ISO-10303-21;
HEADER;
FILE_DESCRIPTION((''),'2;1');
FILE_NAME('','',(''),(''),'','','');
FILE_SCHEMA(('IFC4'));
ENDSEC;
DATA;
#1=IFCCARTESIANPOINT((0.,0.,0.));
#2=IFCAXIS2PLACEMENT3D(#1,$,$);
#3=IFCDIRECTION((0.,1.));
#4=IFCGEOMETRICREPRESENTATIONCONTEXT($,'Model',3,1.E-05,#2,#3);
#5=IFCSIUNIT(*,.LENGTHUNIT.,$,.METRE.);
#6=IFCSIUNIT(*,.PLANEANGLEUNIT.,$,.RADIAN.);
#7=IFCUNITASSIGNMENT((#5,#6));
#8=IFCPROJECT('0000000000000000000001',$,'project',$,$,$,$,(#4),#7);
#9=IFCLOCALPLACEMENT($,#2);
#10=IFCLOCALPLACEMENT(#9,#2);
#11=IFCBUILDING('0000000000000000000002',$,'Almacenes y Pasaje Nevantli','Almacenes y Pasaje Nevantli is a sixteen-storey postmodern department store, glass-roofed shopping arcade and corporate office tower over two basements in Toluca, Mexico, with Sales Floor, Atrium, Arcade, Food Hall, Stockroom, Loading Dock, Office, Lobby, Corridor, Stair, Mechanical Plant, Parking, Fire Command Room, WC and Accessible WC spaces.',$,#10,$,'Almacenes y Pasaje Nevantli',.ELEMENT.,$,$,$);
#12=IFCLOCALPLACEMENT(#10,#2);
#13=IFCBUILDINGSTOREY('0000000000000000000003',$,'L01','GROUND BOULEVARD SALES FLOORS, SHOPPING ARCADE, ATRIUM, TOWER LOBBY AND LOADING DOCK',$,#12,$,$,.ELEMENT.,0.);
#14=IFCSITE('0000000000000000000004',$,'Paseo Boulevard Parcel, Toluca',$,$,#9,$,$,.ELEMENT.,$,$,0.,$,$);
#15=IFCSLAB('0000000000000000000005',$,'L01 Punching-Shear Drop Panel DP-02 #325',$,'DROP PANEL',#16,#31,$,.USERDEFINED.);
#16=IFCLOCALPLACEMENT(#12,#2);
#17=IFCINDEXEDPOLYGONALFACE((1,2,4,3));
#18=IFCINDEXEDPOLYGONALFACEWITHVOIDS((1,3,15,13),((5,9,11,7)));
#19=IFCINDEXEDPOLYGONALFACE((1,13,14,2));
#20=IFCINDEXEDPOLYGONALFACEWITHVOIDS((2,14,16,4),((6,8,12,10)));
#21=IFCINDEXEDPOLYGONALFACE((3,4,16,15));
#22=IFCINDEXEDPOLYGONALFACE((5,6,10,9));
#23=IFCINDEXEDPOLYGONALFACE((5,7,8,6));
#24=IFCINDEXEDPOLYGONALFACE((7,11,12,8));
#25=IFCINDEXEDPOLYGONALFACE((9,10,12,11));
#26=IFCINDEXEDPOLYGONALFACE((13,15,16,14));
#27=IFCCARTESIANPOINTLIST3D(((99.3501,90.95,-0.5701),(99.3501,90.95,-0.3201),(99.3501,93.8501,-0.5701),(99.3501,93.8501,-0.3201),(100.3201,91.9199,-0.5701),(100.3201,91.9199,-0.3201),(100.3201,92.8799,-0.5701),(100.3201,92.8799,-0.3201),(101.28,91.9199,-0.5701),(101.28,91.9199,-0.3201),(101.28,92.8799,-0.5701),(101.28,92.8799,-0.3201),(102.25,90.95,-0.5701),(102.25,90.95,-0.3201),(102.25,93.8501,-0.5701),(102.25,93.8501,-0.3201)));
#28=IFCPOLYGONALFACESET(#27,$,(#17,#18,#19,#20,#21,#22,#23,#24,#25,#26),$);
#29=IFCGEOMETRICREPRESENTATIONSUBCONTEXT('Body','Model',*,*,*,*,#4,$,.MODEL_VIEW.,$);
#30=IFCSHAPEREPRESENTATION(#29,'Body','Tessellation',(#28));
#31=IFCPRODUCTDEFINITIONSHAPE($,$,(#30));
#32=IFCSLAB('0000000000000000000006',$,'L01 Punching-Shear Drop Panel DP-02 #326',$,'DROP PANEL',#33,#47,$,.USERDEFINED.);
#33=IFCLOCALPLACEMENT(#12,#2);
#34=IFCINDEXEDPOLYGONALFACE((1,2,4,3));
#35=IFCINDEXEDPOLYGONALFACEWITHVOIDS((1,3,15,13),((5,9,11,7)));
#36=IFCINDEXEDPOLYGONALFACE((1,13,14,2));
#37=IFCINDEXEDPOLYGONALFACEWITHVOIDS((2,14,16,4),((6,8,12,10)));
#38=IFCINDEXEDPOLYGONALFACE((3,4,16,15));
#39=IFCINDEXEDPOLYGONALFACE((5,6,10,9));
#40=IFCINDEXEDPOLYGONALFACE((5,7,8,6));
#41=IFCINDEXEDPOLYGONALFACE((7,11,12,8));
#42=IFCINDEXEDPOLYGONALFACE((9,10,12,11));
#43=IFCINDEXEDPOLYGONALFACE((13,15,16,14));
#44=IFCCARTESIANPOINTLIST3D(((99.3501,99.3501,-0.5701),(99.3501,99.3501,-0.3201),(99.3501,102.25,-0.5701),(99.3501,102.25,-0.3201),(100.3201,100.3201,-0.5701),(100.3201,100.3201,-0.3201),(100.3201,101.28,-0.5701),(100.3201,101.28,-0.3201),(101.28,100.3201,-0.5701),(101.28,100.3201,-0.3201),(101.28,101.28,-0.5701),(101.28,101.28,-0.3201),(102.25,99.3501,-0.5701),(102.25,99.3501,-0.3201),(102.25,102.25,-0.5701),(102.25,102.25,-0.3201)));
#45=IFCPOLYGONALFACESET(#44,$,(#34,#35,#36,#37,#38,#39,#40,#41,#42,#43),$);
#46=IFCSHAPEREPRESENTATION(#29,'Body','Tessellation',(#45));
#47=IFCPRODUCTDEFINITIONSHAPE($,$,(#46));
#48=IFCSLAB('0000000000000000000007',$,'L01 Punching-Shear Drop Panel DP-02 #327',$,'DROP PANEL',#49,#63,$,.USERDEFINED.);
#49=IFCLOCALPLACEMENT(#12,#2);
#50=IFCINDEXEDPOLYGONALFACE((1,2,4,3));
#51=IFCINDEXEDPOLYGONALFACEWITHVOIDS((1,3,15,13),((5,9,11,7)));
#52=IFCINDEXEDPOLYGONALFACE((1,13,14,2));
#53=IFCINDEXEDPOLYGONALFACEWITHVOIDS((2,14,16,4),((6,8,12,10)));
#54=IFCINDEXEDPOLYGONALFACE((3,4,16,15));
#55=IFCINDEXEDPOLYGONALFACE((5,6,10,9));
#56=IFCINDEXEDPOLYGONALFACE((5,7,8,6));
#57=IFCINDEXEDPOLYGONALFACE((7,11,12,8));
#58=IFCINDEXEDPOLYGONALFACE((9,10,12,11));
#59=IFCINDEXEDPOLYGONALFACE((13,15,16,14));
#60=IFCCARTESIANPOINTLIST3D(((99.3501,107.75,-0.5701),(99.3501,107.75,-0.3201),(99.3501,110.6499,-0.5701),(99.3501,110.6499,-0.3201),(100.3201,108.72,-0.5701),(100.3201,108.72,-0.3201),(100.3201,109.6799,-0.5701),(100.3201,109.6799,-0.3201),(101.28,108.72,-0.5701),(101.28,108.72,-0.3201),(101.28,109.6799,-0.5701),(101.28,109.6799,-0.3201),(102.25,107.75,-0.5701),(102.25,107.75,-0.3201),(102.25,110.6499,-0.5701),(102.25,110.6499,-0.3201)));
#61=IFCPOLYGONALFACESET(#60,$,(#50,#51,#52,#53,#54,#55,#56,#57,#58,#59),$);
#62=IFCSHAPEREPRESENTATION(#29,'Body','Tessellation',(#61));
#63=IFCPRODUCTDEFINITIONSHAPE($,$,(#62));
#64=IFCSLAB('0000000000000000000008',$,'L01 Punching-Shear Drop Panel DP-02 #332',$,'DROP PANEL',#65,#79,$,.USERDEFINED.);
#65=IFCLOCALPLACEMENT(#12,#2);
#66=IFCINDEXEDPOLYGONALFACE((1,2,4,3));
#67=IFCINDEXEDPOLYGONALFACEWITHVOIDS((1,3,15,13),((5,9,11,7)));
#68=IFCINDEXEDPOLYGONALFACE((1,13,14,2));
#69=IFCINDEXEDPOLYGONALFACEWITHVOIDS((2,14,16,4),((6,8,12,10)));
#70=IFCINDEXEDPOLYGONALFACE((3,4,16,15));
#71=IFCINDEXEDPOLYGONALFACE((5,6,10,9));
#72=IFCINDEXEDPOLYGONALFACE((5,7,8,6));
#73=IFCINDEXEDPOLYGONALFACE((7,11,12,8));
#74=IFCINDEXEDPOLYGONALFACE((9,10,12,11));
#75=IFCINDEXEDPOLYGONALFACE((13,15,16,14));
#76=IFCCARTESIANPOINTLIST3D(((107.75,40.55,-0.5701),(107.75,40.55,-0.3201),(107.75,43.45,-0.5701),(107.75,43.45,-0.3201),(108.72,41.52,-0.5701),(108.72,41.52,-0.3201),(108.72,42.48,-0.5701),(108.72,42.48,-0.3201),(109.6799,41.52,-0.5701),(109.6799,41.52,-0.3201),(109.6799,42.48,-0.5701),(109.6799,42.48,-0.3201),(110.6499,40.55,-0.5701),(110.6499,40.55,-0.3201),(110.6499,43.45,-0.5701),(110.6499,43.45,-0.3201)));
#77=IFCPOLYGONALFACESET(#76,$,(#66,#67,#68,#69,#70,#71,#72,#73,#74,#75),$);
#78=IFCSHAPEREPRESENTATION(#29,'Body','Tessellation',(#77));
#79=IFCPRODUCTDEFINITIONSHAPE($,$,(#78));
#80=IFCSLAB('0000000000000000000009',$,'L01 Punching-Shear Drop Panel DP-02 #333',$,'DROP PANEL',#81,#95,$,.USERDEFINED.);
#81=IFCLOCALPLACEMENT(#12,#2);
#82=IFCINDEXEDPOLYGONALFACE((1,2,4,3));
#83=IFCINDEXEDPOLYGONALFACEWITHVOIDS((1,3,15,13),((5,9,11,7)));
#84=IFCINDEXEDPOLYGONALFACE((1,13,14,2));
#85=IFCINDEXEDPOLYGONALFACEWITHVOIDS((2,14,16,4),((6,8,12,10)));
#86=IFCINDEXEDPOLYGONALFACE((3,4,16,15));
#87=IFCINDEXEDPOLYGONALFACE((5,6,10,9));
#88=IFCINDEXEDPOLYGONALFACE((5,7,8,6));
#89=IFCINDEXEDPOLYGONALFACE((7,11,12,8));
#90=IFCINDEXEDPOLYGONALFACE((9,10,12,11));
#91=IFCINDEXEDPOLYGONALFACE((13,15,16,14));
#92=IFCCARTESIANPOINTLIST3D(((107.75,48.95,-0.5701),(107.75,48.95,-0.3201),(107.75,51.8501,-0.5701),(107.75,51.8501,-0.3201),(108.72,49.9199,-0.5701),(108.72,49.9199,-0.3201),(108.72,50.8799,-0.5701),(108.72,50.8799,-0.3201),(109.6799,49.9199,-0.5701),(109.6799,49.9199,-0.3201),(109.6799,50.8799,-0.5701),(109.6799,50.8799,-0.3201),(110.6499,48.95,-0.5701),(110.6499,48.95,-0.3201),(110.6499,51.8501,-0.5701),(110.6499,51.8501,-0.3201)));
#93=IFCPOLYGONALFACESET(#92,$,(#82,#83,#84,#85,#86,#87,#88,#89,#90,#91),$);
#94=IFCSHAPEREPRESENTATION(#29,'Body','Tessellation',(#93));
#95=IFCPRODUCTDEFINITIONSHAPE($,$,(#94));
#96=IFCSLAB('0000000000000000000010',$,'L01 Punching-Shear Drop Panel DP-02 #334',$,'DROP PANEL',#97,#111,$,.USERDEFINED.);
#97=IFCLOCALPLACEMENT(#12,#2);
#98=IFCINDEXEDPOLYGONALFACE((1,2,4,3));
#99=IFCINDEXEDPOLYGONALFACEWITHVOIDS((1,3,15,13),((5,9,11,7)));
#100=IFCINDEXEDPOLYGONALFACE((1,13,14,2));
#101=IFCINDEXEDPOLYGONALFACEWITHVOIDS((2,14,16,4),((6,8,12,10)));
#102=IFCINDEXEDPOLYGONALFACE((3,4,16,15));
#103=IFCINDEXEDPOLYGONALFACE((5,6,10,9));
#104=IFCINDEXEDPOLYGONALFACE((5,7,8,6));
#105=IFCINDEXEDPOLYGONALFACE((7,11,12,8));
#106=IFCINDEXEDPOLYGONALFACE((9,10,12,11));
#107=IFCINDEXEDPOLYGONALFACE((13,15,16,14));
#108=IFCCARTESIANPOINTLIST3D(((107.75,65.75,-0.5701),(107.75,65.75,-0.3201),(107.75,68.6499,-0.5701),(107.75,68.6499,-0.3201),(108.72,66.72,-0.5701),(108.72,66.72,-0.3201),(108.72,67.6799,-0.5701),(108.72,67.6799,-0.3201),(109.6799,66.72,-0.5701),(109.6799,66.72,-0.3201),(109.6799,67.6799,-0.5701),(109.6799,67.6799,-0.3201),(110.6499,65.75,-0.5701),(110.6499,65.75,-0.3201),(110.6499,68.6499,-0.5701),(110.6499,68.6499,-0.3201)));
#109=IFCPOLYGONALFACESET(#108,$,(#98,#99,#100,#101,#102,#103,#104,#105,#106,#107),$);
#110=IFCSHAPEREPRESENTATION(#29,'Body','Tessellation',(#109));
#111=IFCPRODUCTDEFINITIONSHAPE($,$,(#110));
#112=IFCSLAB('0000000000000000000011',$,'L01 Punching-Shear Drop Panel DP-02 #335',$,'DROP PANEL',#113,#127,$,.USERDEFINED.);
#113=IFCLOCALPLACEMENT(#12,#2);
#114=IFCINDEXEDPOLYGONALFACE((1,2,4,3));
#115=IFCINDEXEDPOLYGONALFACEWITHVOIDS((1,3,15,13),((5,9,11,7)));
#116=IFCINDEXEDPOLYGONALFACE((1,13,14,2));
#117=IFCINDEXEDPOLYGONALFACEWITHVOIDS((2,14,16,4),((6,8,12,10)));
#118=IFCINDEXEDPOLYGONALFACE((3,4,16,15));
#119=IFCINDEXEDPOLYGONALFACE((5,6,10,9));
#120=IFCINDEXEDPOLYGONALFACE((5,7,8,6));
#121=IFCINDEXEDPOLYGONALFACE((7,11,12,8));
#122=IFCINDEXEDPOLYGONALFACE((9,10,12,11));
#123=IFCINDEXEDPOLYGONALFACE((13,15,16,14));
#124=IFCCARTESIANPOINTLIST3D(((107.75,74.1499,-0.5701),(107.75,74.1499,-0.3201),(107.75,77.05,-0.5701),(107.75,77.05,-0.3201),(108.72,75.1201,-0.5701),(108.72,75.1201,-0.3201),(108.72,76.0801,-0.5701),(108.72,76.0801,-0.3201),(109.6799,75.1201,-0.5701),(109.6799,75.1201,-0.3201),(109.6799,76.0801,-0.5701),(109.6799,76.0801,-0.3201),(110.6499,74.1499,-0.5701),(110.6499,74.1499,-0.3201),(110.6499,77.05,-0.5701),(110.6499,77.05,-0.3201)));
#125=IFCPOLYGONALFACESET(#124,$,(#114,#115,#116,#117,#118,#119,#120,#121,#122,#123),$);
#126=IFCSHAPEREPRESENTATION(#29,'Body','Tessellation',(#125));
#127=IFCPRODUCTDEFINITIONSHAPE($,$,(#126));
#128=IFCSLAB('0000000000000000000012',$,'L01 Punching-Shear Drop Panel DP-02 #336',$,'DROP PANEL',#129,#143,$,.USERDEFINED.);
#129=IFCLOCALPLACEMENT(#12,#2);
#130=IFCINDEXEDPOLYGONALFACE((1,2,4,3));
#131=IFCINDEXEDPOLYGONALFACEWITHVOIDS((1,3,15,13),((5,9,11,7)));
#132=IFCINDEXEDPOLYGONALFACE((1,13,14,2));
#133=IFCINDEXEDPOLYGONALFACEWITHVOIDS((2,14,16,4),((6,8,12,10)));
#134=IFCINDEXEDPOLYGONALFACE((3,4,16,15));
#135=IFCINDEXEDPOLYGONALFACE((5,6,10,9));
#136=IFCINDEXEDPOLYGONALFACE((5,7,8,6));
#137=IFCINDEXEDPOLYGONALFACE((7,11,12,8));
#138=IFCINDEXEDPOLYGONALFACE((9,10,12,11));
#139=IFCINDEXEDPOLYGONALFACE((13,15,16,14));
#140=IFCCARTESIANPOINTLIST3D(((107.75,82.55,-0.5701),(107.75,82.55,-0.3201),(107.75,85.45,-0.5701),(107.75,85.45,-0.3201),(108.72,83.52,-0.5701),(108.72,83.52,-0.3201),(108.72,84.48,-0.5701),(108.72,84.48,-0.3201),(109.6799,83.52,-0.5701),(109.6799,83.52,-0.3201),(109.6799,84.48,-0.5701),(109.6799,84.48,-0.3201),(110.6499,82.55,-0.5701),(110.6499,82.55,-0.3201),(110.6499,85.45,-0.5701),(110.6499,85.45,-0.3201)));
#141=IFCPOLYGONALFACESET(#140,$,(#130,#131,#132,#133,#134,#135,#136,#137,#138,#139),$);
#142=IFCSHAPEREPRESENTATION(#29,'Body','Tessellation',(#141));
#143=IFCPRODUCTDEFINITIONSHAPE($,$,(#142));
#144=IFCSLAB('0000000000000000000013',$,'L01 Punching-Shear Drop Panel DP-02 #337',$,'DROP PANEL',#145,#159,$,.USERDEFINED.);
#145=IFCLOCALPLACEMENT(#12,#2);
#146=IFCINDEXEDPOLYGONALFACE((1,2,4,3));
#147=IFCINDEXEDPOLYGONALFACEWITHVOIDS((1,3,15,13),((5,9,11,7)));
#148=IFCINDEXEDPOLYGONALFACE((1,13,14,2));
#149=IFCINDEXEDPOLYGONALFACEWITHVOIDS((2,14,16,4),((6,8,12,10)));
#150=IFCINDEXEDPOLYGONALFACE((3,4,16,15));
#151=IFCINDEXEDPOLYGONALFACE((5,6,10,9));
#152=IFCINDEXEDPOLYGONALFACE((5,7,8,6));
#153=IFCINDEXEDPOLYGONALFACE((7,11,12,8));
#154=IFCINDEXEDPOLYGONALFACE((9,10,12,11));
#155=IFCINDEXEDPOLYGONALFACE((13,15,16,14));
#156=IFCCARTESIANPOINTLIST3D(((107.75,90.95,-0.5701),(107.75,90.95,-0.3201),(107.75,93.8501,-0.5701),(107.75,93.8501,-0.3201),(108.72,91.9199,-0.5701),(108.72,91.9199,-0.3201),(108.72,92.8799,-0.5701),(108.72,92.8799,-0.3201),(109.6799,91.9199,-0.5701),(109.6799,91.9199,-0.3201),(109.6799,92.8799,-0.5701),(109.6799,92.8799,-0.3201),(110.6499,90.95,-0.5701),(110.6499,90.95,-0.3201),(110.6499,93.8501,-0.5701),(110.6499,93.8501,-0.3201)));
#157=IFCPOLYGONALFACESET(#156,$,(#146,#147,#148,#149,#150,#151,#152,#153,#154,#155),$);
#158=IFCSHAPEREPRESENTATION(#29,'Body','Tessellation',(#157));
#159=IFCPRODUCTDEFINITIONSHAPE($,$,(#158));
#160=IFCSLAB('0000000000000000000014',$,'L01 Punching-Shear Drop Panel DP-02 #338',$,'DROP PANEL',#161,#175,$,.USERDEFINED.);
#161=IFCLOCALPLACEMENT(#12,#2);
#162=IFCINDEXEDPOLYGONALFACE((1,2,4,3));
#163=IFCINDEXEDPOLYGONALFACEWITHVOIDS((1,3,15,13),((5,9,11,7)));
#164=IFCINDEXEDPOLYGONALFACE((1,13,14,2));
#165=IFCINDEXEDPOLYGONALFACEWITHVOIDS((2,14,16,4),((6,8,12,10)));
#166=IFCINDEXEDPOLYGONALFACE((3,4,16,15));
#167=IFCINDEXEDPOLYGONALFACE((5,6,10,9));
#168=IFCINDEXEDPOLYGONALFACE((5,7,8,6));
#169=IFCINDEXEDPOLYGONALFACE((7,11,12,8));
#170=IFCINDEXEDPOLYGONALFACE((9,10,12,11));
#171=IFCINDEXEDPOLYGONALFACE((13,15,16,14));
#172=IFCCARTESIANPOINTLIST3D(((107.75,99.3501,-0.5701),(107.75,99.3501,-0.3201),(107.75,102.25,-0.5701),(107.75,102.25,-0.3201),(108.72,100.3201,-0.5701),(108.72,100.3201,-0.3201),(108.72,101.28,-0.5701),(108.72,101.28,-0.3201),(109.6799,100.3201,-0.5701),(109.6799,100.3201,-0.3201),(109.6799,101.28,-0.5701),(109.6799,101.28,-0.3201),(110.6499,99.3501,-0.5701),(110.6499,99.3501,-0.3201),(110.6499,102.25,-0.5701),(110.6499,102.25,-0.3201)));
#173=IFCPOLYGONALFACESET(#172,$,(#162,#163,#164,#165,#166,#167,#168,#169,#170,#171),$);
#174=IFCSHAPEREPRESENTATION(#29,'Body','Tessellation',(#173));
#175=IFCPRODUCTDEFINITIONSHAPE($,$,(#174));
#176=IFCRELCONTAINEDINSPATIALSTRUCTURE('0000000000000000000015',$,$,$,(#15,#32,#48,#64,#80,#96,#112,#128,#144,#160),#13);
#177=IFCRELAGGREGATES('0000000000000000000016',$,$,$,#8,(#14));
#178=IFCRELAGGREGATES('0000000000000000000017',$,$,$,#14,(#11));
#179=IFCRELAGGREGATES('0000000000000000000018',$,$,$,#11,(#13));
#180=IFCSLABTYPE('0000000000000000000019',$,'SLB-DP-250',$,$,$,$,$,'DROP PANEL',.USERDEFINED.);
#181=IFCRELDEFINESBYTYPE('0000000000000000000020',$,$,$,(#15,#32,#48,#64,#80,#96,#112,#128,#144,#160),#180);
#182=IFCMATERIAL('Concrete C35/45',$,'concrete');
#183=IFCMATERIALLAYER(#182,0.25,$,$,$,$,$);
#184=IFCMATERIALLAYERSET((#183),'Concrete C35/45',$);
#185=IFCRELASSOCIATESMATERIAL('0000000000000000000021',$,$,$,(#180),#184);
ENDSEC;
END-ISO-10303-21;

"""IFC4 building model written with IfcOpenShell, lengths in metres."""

from ifc_helpers import new_model, si_unit, direction, frame, origin, place, context, subcontext, project, spatial, polyline, outline, extrude, material, layer, layer_set, type_object, element, save


model = new_model("IFC4")

# Units and contexts
model_context = context("Model", 3, precision=1e-05, world=origin(), true_north=direction((0.0, 1.0)))
body_context = subcontext(model_context, "Body", "Model", "MODEL_VIEW")
ifc_project = project(units=[si_unit("LENGTHUNIT", "METRE"), si_unit("PLANEANGLEUNIT", "RADIAN")], contexts=[model_context])

# Site, building, storey
site_placement = place(None, origin())
site = spatial("IfcSite", under=ifc_project, at=site_placement, Name="Paseo Boulevard Parcel, Toluca", CompositionType="ELEMENT", RefElevation=0.0)
building_placement = place(site_placement, origin())
building = spatial("IfcBuilding", under=site, at=building_placement, Name="Almacenes y Pasaje Nevantli", Description="Almacenes y Pasaje Nevantli is a sixteen-storey postmodern department store, glass-roofed shopping arcade and corporate office tower over two basements in Toluca, Mexico, with Sales Floor, Atrium, Arcade, Food Hall, Stockroom, Loading Dock, Office, Lobby, Corridor, Stair, Mechanical Plant, Parking, Fire Command Room, WC and Accessible WC spaces.", LongName="Almacenes y Pasaje Nevantli", CompositionType="ELEMENT")
storey_placement = place(building_placement, origin())
storey = spatial("IfcBuildingStorey", under=building, at=storey_placement, Name="L01", Description="GROUND BOULEVARD SALES FLOORS, SHOPPING ARCADE, ATRIUM, TOWER LOBBY AND LOADING DOCK", CompositionType="ELEMENT", Elevation=0.0)

# Slabs
ifc_material = material(Name="Concrete C35/45", Category="concrete")
ifc_layer = layer(ifc_material, 0.25)
ifc_layer_set = layer_set([ifc_layer], Name="Concrete C35/45")
slab_type = type_object("IfcSlabType", Name="SLB-DP-250", ElementType="DROP PANEL", PredefinedType="USERDEFINED", material=ifc_layer_set)
slab_1_placement = place(storey_placement, frame((0.0, 0.0, -0.5701)))
element("IfcSlab", 1, at=slab_1_placement, inside=storey, type_object=slab_type, Name="L01 Punching-Shear Drop Panel DP-02 #325", ObjectType="DROP PANEL", PredefinedType="USERDEFINED", context=body_context, shape_type="SweptSolid", body=[
    extrude(outline(polyline([(99.3501, 90.95), (102.25, 90.95), (102.25, 93.8501), (99.3501, 93.8501), (99.3501, 90.95)]), holes=[polyline([(100.3201, 91.9199), (101.28, 91.9199), (101.28, 92.8799), (100.3201, 92.8799), (100.3201, 91.9199)])]), origin(), (0.0, 0.0, 1.0), 0.25),
])
slab_2_placement = place(storey_placement, frame((0.0, 0.0, -0.5701)))
element("IfcSlab", 2, at=slab_2_placement, inside=storey, type_object=slab_type, Name="L01 Punching-Shear Drop Panel DP-02 #326", ObjectType="DROP PANEL", PredefinedType="USERDEFINED", context=body_context, shape_type="SweptSolid", body=[
    extrude(outline(polyline([(99.3501, 99.3501), (102.25, 99.3501), (102.25, 102.25), (99.3501, 102.25), (99.3501, 99.3501)]), holes=[polyline([(100.3201, 100.3201), (101.28, 100.3201), (101.28, 101.28), (100.3201, 101.28), (100.3201, 100.3201)])]), origin(), (0.0, 0.0, 1.0), 0.25),
])
slab_3_placement = place(storey_placement, frame((0.0, 0.0, -0.5701)))
element("IfcSlab", 3, at=slab_3_placement, inside=storey, type_object=slab_type, Name="L01 Punching-Shear Drop Panel DP-02 #327", ObjectType="DROP PANEL", PredefinedType="USERDEFINED", context=body_context, shape_type="SweptSolid", body=[
    extrude(outline(polyline([(99.3501, 107.75), (102.25, 107.75), (102.25, 110.6499), (99.3501, 110.6499), (99.3501, 107.75)]), holes=[polyline([(100.3201, 108.72), (101.28, 108.72), (101.28, 109.6799), (100.3201, 109.6799), (100.3201, 108.72)])]), origin(), (0.0, 0.0, 1.0), 0.25),
])
slab_4_placement = place(storey_placement, frame((0.0, 0.0, -0.5701)))
element("IfcSlab", 4, at=slab_4_placement, inside=storey, type_object=slab_type, Name="L01 Punching-Shear Drop Panel DP-02 #332", ObjectType="DROP PANEL", PredefinedType="USERDEFINED", context=body_context, shape_type="SweptSolid", body=[
    extrude(outline(polyline([(107.75, 40.55), (110.6499, 40.55), (110.6499, 43.45), (107.75, 43.45), (107.75, 40.55)]), holes=[polyline([(108.72, 41.52), (109.6799, 41.52), (109.6799, 42.48), (108.72, 42.48), (108.72, 41.52)])]), origin(), (0.0, 0.0, 1.0), 0.25),
])
slab_5_placement = place(storey_placement, frame((0.0, 0.0, -0.5701)))
element("IfcSlab", 5, at=slab_5_placement, inside=storey, type_object=slab_type, Name="L01 Punching-Shear Drop Panel DP-02 #333", ObjectType="DROP PANEL", PredefinedType="USERDEFINED", context=body_context, shape_type="SweptSolid", body=[
    extrude(outline(polyline([(107.75, 48.95), (110.6499, 48.95), (110.6499, 51.8501), (107.75, 51.8501), (107.75, 48.95)]), holes=[polyline([(108.72, 49.9199), (109.6799, 49.9199), (109.6799, 50.8799), (108.72, 50.8799), (108.72, 49.9199)])]), origin(), (0.0, 0.0, 1.0), 0.25),
])
slab_6_placement = place(storey_placement, frame((0.0, 0.0, -0.5701)))
element("IfcSlab", 6, at=slab_6_placement, inside=storey, type_object=slab_type, Name="L01 Punching-Shear Drop Panel DP-02 #334", ObjectType="DROP PANEL", PredefinedType="USERDEFINED", context=body_context, shape_type="SweptSolid", body=[
    extrude(outline(polyline([(107.75, 65.75), (110.6499, 65.75), (110.6499, 68.6499), (107.75, 68.6499), (107.75, 65.75)]), holes=[polyline([(108.72, 66.72), (109.6799, 66.72), (109.6799, 67.6799), (108.72, 67.6799), (108.72, 66.72)])]), origin(), (0.0, 0.0, 1.0), 0.25),
])
slab_7_placement = place(storey_placement, frame((0.0, 0.0, -0.5701)))
element("IfcSlab", 7, at=slab_7_placement, inside=storey, type_object=slab_type, Name="L01 Punching-Shear Drop Panel DP-02 #335", ObjectType="DROP PANEL", PredefinedType="USERDEFINED", context=body_context, shape_type="SweptSolid", body=[
    extrude(outline(polyline([(107.75, 74.1499), (110.6499, 74.1499), (110.6499, 77.05), (107.75, 77.05), (107.75, 74.1499)]), holes=[polyline([(108.72, 75.1201), (109.6799, 75.1201), (109.6799, 76.0801), (108.72, 76.0801), (108.72, 75.1201)])]), origin(), (0.0, 0.0, 1.0), 0.25),
])
slab_8_placement = place(storey_placement, frame((0.0, 0.0, -0.5701)))
element("IfcSlab", 8, at=slab_8_placement, inside=storey, type_object=slab_type, Name="L01 Punching-Shear Drop Panel DP-02 #336", ObjectType="DROP PANEL", PredefinedType="USERDEFINED", context=body_context, shape_type="SweptSolid", body=[
    extrude(outline(polyline([(107.75, 82.55), (110.6499, 82.55), (110.6499, 85.45), (107.75, 85.45), (107.75, 82.55)]), holes=[polyline([(108.72, 83.52), (109.6799, 83.52), (109.6799, 84.48), (108.72, 84.48), (108.72, 83.52)])]), origin(), (0.0, 0.0, 1.0), 0.25),
])
slab_9_placement = place(storey_placement, frame((0.0, 0.0, -0.5701)))
element("IfcSlab", 9, at=slab_9_placement, inside=storey, type_object=slab_type, Name="L01 Punching-Shear Drop Panel DP-02 #337", ObjectType="DROP PANEL", PredefinedType="USERDEFINED", context=body_context, shape_type="SweptSolid", body=[
    extrude(outline(polyline([(107.75, 90.95), (110.6499, 90.95), (110.6499, 93.8501), (107.75, 93.8501), (107.75, 90.95)]), holes=[polyline([(108.72, 91.9199), (109.6799, 91.9199), (109.6799, 92.8799), (108.72, 92.8799), (108.72, 91.9199)])]), origin(), (0.0, 0.0, 1.0), 0.25),
])
slab_10_placement = place(storey_placement, frame((0.0, 0.0, -0.5701)))
element("IfcSlab", 10, at=slab_10_placement, inside=storey, type_object=slab_type, Name="L01 Punching-Shear Drop Panel DP-02 #338", ObjectType="DROP PANEL", PredefinedType="USERDEFINED", context=body_context, shape_type="SweptSolid", body=[
    extrude(outline(polyline([(107.75, 99.3501), (110.6499, 99.3501), (110.6499, 102.25), (107.75, 102.25), (107.75, 99.3501)]), holes=[polyline([(108.72, 100.3201), (109.6799, 100.3201), (109.6799, 101.28), (108.72, 101.28), (108.72, 100.3201)])]), origin(), (0.0, 0.0, 1.0), 0.25),
])

save(model, "model.ifc")
